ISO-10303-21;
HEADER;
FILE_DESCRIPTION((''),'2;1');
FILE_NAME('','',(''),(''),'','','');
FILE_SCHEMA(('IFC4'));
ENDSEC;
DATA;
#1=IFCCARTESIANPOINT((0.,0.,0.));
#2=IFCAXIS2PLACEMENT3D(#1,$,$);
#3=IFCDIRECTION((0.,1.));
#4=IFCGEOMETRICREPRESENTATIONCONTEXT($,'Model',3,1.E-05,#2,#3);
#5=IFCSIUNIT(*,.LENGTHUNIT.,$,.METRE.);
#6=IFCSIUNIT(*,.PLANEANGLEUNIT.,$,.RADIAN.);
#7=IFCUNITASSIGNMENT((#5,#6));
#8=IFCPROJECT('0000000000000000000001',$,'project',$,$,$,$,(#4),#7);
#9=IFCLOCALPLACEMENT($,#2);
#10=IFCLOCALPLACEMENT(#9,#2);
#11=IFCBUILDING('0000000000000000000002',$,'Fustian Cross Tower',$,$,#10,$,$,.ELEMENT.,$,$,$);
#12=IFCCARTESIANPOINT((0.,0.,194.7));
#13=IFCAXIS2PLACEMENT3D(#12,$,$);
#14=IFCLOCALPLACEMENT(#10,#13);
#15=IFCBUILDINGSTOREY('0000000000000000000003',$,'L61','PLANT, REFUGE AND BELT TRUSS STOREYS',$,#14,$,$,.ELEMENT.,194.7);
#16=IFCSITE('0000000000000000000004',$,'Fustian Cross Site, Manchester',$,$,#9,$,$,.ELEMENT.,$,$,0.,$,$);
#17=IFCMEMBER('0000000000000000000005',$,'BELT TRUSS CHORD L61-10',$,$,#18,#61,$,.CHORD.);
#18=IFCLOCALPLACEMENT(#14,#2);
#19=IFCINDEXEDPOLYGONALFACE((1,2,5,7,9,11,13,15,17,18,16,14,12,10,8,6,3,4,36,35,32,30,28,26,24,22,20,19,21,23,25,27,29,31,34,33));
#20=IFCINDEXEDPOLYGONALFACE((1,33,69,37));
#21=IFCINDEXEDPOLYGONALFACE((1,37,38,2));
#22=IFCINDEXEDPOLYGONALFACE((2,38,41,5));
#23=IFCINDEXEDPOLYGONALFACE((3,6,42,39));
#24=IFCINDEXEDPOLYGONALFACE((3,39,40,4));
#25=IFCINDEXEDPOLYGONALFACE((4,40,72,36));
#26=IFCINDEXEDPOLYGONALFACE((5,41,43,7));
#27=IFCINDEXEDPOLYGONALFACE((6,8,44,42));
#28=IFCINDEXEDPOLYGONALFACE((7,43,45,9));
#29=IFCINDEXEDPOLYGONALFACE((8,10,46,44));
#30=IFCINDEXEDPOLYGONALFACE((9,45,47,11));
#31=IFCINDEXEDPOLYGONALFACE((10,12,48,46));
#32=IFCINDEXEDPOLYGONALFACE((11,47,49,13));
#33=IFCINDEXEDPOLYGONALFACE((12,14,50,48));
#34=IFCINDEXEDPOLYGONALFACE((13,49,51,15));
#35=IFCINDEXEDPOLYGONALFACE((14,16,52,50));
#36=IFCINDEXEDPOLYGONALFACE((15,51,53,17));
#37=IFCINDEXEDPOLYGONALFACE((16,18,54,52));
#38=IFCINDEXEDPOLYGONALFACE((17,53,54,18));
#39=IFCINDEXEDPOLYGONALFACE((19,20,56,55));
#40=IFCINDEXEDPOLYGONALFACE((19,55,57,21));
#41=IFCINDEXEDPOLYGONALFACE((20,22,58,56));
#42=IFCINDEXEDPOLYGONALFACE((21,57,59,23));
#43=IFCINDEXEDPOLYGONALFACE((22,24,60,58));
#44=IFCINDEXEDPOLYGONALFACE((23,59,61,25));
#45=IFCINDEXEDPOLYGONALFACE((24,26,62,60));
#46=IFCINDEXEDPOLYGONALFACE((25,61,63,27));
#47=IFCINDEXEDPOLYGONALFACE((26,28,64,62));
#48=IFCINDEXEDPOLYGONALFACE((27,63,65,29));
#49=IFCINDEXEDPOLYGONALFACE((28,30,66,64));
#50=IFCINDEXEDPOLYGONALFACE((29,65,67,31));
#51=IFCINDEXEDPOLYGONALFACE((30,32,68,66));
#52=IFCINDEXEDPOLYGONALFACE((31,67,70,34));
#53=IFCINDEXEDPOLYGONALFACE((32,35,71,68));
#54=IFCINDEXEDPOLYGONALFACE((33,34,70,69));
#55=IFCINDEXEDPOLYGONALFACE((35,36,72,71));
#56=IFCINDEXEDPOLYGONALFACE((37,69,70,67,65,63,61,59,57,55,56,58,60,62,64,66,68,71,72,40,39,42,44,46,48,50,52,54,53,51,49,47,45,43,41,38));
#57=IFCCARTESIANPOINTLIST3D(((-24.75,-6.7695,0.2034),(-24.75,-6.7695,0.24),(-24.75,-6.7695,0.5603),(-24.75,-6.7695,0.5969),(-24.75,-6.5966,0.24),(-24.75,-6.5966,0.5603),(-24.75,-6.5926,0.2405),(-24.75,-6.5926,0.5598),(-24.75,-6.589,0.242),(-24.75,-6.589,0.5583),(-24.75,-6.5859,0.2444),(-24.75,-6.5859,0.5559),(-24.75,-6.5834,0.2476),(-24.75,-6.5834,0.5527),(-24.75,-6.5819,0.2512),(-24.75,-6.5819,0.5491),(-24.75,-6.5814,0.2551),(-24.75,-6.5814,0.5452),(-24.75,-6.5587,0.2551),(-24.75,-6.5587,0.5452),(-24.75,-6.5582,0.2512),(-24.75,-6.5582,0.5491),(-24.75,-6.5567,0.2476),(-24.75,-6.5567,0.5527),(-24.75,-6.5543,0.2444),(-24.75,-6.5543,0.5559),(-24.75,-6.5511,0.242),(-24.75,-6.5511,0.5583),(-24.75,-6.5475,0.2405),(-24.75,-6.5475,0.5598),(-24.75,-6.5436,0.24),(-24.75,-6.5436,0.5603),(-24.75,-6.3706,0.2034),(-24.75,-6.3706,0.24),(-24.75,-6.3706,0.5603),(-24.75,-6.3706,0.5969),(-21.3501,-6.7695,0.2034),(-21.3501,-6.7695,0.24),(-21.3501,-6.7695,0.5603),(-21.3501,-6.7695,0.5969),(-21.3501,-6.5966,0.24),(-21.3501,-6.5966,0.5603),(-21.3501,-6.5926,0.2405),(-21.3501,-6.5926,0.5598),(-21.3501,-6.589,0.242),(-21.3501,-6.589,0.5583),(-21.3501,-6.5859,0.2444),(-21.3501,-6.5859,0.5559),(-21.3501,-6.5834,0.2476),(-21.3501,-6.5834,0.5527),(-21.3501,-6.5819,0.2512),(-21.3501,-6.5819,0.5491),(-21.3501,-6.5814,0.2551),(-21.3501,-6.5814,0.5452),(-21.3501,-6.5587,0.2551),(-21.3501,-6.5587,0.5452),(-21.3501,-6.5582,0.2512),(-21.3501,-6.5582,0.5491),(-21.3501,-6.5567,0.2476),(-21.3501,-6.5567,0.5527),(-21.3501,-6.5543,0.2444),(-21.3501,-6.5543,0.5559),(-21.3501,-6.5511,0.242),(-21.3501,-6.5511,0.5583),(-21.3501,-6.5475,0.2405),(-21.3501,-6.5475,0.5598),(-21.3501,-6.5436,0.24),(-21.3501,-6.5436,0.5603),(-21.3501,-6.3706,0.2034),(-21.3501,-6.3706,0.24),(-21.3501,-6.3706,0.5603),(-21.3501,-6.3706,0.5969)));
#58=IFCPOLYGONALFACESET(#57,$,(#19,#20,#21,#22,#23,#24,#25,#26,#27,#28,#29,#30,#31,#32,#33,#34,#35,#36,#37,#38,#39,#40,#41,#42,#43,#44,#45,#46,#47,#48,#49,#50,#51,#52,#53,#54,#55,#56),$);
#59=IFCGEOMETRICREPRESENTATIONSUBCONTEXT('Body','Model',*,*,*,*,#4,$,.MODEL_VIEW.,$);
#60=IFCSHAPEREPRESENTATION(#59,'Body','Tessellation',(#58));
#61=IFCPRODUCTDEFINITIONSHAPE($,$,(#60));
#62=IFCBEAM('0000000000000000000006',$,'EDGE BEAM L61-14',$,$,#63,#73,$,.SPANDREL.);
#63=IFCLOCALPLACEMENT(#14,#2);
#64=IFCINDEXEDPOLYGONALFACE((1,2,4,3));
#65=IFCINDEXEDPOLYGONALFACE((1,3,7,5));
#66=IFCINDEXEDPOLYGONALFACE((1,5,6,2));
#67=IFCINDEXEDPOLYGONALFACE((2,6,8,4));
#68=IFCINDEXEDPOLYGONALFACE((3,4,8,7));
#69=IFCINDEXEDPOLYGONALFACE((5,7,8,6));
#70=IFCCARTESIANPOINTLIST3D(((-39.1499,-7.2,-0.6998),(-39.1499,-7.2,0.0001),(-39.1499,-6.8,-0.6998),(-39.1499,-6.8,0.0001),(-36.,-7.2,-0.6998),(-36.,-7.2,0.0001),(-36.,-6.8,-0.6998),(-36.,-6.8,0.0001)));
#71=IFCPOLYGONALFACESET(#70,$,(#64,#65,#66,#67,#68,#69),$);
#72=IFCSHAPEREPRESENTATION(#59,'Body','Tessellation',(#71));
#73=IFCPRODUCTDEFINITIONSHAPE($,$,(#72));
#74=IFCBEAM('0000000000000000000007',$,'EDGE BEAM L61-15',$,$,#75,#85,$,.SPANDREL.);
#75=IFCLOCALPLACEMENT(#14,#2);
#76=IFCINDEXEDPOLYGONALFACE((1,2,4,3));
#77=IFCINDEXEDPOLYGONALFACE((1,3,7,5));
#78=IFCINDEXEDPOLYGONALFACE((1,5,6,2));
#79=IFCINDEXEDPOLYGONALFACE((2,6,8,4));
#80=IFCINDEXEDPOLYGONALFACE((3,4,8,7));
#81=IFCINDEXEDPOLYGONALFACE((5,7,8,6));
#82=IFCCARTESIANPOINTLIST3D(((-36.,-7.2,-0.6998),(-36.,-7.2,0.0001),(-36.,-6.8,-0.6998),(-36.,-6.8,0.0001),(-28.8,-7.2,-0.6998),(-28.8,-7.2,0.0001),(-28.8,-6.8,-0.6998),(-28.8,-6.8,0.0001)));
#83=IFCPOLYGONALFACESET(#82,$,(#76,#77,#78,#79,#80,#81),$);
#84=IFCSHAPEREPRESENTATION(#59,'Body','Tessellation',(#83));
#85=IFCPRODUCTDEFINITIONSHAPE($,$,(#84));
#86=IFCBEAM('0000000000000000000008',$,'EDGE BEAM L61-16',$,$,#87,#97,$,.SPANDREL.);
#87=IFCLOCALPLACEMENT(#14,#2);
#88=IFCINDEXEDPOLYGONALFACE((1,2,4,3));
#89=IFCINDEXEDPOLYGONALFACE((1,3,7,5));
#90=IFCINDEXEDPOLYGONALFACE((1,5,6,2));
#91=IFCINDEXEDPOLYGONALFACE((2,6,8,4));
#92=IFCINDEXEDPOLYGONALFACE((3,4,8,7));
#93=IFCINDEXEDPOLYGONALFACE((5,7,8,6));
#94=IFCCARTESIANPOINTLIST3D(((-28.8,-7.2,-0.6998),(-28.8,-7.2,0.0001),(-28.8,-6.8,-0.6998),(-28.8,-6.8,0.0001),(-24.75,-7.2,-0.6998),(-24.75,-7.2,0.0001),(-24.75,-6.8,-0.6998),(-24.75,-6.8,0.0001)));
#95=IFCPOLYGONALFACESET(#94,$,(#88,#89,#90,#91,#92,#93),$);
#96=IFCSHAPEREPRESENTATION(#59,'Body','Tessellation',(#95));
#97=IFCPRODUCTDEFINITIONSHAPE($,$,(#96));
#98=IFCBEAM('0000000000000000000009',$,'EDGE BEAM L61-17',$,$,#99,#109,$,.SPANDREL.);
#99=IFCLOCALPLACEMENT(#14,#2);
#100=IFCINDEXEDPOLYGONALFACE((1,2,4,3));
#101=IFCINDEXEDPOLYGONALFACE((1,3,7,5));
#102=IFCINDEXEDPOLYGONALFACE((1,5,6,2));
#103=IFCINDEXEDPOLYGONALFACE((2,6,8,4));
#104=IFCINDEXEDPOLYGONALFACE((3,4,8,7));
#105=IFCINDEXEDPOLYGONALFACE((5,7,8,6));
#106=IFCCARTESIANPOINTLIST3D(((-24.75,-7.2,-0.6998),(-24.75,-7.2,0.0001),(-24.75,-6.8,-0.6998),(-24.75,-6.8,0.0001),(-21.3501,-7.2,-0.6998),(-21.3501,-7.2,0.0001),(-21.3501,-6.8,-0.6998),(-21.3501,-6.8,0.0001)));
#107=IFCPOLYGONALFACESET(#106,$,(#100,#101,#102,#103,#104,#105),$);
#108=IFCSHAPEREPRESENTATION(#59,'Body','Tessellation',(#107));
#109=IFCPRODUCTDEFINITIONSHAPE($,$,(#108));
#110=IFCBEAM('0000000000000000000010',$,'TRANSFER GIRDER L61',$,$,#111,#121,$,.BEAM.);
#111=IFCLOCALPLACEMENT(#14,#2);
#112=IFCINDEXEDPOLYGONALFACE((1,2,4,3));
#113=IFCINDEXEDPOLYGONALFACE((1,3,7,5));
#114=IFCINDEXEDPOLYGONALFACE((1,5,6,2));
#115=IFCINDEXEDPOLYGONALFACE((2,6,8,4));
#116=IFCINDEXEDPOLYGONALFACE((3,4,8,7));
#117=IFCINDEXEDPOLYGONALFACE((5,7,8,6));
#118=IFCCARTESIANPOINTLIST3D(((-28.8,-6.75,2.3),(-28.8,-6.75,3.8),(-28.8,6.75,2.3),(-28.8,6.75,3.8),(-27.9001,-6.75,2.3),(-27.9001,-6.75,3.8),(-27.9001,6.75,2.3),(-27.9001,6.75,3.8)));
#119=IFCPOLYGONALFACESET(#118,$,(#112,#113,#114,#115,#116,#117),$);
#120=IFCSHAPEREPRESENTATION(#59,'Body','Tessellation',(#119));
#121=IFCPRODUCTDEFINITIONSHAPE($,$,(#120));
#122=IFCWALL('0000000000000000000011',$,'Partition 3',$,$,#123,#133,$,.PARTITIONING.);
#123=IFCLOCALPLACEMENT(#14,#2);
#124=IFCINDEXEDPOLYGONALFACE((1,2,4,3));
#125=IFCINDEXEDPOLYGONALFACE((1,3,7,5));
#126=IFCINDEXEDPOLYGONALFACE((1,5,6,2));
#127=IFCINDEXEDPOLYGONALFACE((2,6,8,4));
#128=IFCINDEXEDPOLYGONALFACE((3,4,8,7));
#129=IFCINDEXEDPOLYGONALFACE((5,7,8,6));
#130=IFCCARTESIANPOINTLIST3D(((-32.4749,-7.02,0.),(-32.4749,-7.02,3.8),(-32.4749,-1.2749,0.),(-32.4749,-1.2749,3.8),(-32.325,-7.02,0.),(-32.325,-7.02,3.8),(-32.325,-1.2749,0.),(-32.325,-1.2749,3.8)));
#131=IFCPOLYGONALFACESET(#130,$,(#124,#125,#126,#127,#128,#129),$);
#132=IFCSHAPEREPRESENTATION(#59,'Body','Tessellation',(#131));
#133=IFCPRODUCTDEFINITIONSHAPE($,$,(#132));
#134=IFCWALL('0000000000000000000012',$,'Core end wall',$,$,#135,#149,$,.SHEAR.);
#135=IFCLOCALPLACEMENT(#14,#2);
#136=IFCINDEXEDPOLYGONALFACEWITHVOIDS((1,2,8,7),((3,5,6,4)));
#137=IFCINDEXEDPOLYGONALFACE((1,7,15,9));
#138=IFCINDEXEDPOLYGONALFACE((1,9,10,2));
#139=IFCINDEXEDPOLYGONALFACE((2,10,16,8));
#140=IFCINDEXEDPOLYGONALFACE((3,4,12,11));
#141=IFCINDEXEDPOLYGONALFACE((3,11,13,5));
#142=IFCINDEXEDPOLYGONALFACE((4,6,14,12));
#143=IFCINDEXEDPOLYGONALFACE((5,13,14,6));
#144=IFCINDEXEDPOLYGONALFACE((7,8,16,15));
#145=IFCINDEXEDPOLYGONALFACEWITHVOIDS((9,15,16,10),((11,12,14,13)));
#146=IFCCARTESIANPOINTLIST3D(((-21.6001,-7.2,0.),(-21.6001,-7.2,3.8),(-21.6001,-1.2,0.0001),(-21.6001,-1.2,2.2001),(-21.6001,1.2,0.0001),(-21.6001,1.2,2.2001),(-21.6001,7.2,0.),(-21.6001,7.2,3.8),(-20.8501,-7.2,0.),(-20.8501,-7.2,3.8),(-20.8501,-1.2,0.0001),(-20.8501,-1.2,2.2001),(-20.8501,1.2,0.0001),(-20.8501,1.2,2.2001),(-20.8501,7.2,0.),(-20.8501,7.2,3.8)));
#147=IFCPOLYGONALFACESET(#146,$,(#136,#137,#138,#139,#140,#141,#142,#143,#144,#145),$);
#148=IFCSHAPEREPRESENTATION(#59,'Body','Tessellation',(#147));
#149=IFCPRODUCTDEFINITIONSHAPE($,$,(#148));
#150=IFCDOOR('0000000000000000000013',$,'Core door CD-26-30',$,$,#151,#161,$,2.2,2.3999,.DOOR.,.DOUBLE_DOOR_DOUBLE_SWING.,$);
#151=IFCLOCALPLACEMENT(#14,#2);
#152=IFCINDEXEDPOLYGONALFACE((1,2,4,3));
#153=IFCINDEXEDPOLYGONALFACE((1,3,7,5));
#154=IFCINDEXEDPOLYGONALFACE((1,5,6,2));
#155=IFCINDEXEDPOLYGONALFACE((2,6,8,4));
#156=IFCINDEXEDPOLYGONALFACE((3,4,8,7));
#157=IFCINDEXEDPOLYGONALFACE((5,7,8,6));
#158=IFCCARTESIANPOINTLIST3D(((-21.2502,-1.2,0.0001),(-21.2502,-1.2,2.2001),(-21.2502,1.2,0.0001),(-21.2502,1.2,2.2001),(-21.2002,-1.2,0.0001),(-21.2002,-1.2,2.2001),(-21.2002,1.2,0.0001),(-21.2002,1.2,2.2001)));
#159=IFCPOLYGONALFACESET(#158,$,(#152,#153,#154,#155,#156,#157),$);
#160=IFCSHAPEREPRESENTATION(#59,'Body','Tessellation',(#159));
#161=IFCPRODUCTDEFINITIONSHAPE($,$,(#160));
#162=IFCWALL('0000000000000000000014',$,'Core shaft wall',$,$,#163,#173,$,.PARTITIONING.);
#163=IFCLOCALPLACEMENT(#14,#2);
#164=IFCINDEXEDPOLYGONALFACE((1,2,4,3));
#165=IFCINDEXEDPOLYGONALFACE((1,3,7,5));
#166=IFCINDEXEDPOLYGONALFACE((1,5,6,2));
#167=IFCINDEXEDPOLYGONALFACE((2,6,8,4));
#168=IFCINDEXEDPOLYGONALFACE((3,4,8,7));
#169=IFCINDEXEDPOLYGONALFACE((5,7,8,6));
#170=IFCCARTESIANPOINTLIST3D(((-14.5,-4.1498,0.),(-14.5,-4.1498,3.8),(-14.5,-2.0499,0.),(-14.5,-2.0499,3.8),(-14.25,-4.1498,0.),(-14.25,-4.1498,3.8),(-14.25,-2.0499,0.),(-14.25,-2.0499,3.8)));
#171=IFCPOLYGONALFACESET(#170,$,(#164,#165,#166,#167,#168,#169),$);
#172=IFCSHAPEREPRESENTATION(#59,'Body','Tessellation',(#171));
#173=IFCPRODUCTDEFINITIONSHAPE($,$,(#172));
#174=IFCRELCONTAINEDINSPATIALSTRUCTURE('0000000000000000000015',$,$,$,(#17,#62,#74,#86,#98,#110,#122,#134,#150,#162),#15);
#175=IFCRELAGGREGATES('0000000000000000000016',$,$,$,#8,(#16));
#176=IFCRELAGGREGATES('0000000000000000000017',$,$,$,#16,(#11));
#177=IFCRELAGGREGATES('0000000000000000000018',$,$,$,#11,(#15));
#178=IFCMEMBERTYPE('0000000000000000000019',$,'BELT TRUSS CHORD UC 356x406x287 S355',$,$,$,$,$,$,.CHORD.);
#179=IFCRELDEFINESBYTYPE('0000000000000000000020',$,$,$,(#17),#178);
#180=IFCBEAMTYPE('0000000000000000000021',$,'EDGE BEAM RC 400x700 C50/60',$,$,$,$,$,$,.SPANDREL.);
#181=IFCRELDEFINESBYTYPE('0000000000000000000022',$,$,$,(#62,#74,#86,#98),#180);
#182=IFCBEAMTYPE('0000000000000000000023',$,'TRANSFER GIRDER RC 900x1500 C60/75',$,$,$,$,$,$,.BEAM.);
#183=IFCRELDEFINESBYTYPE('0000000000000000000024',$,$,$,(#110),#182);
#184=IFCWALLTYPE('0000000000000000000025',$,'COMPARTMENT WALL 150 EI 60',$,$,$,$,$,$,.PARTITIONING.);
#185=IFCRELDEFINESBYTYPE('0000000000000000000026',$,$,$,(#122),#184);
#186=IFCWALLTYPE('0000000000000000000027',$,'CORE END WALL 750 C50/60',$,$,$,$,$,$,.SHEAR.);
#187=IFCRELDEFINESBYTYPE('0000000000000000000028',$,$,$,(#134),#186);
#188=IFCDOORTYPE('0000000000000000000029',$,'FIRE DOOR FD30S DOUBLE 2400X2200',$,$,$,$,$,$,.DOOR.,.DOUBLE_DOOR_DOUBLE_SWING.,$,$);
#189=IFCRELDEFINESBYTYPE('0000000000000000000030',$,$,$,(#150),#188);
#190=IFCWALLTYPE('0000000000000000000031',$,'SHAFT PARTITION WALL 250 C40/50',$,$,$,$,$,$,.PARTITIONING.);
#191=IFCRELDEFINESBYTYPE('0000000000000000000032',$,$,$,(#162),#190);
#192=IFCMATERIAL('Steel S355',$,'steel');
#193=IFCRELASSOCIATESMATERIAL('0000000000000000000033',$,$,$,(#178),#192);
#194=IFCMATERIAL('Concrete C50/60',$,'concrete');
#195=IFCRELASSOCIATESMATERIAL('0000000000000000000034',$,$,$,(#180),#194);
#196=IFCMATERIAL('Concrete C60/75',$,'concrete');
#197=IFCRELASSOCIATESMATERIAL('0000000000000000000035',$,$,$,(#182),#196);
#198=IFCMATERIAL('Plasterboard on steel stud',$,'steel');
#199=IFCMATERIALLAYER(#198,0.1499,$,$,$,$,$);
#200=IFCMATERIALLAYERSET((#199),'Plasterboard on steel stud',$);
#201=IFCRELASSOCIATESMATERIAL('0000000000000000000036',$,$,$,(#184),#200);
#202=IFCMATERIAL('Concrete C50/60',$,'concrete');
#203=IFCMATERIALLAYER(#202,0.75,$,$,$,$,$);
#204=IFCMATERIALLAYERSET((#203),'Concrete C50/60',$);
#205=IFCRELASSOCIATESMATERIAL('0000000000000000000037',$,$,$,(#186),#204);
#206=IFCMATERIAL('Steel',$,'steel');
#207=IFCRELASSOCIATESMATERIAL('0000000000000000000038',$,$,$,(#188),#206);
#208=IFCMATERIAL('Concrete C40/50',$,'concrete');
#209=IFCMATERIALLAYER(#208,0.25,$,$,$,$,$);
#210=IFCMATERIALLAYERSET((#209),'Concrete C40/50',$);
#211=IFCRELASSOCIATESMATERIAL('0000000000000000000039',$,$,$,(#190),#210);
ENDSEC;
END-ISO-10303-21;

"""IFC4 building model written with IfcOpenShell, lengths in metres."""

from ifc_helpers import new_model, si_unit, direction, frame, frame_2d, origin, origin_2d, place, context, subcontext, project, spatial, rectangle, i_section, extrude, material, layer, layer_set, material_profile, profile_set, type_object, element, fill, save


model = new_model("IFC4")

# Units and contexts
model_context = context("Model", 3, precision=1e-05, world=origin(), true_north=direction((0.0, 1.0)))
body_context = subcontext(model_context, "Body", "Model", "MODEL_VIEW")
ifc_project = project(units=[si_unit("LENGTHUNIT", "METRE"), si_unit("PLANEANGLEUNIT", "RADIAN")], contexts=[model_context])

# Site, building, storey
site_placement = place(None, origin())
site = spatial("IfcSite", under=ifc_project, at=site_placement, Name="Fustian Cross Site, Manchester", CompositionType="ELEMENT", RefElevation=0.0)
building_placement = place(site_placement, origin())
building = spatial("IfcBuilding", under=site, at=building_placement, Name="Fustian Cross Tower", CompositionType="ELEMENT")
storey_placement = place(building_placement, frame((0.0, 0.0, 194.7)))
storey = spatial("IfcBuildingStorey", under=building, at=storey_placement, Name="L61", Description="PLANT, REFUGE AND BELT TRUSS STOREYS", CompositionType="ELEMENT", Elevation=194.7)

# Member
ifc_material_1 = material(Name="Steel S355", Category="steel")
ifc_material_profile_1 = material_profile(ifc_material_1, i_section(OverallWidth=0.3989, OverallDepth=0.3936, WebThickness=0.0227, FlangeThickness=0.0366, FilletRadius=0.0151, at=origin_2d()), Name="UC 356x406x287")
ifc_profile_set_1 = profile_set([ifc_material_profile_1], Name="Steel S355")
member_type_1 = type_object("IfcMemberType", Name="BELT TRUSS CHORD UC 356x406x287 S355", PredefinedType="CHORD", material=ifc_profile_set_1)
for number, where, z_axis, x_axis, name in (
    (1, (-24.75, -6.5701, 0.4001), (1.0, 0.0, 0.0), (0.0, 1.0, 0.0), "BELT TRUSS CHORD L61-10"),
):
    element("IfcMember", number, at=place(storey_placement, frame(where, z_axis=z_axis, x_axis=x_axis)), inside=storey, type_object=member_type_1, Name=name, PredefinedType="CHORD", context=body_context, shape_type="SweptSolid", body=[
        extrude(i_section(OverallWidth=0.3989, OverallDepth=0.3936, WebThickness=0.0227, FlangeThickness=0.0366, FilletRadius=0.0151, at=origin_2d()), origin(), (0.0, 0.0, 1.0), 3.3999),
    ])

# Beams
ifc_material_2 = material(Name="Concrete C50/60", Category="concrete")
ifc_material_profile_2 = material_profile(ifc_material_2, rectangle(XDim=0.3999, YDim=0.7, at=origin_2d()), Name="RC 400x700")
ifc_profile_set_2 = profile_set([ifc_material_profile_2], Name="Concrete C50/60")
beam_type_1 = type_object("IfcBeamType", Name="EDGE BEAM RC 400x700 C50/60", PredefinedType="SPANDREL", material=ifc_profile_set_2)
beam_1_placement = place(storey_placement, frame((-39.1499, -7.0, -0.3499), z_axis=(1.0, 0.0, 0.0), x_axis=(0.0, 1.0, 0.0)))
element("IfcBeam", 2, at=beam_1_placement, inside=storey, type_object=beam_type_1, Name="EDGE BEAM L61-14", PredefinedType="SPANDREL", context=body_context, shape_type="SweptSolid", body=[
    extrude(rectangle(XDim=0.3999, YDim=0.7, at=origin_2d()), origin(), (0.0, 0.0, 1.0), 3.1499),
])
beam_2_placement = place(storey_placement, frame((-36.0, -7.0, -0.3499), z_axis=(1.0, 0.0, 0.0), x_axis=(0.0, 1.0, 0.0)))
element("IfcBeam", 3, at=beam_2_placement, inside=storey, type_object=beam_type_1, Name="EDGE BEAM L61-15", PredefinedType="SPANDREL", context=body_context, shape_type="SweptSolid", body=[
    extrude(rectangle(XDim=0.3999, YDim=0.7, at=origin_2d()), origin(), (0.0, 0.0, 1.0), 7.2),
])
beam_3_placement = place(storey_placement, frame((-28.8, -7.0, -0.3499), z_axis=(1.0, 0.0, 0.0), x_axis=(0.0, 1.0, 0.0)))
element("IfcBeam", 4, at=beam_3_placement, inside=storey, type_object=beam_type_1, Name="EDGE BEAM L61-16", PredefinedType="SPANDREL", context=body_context, shape_type="SweptSolid", body=[
    extrude(rectangle(XDim=0.3999, YDim=0.7, at=origin_2d()), origin(), (0.0, 0.0, 1.0), 4.05),
])
beam_4_placement = place(storey_placement, frame((-24.75, -7.0, -0.3499), z_axis=(1.0, 0.0, 0.0), x_axis=(0.0, 1.0, 0.0)))
element("IfcBeam", 5, at=beam_4_placement, inside=storey, type_object=beam_type_1, Name="EDGE BEAM L61-17", PredefinedType="SPANDREL", context=body_context, shape_type="SweptSolid", body=[
    extrude(rectangle(XDim=0.3999, YDim=0.7, at=origin_2d()), origin(), (0.0, 0.0, 1.0), 3.3999),
])
ifc_material_3 = material(Name="Concrete C60/75", Category="concrete")
ifc_material_profile_3 = material_profile(ifc_material_3, rectangle(XDim=0.8999, YDim=1.5, at=origin_2d()), Name="RC 900x1500")
ifc_profile_set_3 = profile_set([ifc_material_profile_3], Name="Concrete C60/75")
beam_type_2 = type_object("IfcBeamType", Name="TRANSFER GIRDER RC 900x1500 C60/75", PredefinedType="BEAM", material=ifc_profile_set_3)
beam_5_placement = place(storey_placement, frame((-28.3501, -6.75, 3.05), z_axis=(0.0, 1.0, 0.0), x_axis=(-1.0, 0.0, 0.0)))
element("IfcBeam", 6, at=beam_5_placement, inside=storey, type_object=beam_type_2, Name="TRANSFER GIRDER L61", PredefinedType="BEAM", context=body_context, shape_type="SweptSolid", body=[
    extrude(rectangle(XDim=0.8999, YDim=1.5, at=origin_2d()), origin(), (0.0, 0.0, 1.0), 13.5),
])

# Wall
ifc_material_4 = material(Name="Plasterboard on steel stud", Category="steel")
ifc_layer_1 = layer(ifc_material_4, 0.1499)
ifc_layer_set_1 = layer_set([ifc_layer_1], Name="Plasterboard on steel stud")
wall_type_1 = type_object("IfcWallType", Name="COMPARTMENT WALL 150 EI 60", PredefinedType="PARTITIONING", material=ifc_layer_set_1)
wall_1_placement = place(storey_placement, frame((-32.3999, -7.02, 0.0), z_axis=(0.0, 0.0, 1.0), x_axis=(0.0, 1.0, 0.0)))
element("IfcWall", 7, at=wall_1_placement, inside=storey, type_object=wall_type_1, Name="Partition 3", PredefinedType="PARTITIONING", context=body_context, shape_type="SweptSolid", body=[
    extrude(rectangle(XDim=5.7451, YDim=0.1499, at=frame_2d((2.8726, 0.0))), origin(), (0.0, 0.0, 1.0), 3.8),
])

# Wall, opening, door
ifc_material_5 = material(Name="Concrete C50/60", Category="concrete")
ifc_layer_2 = layer(ifc_material_5, 0.75)
ifc_layer_set_2 = layer_set([ifc_layer_2], Name="Concrete C50/60")
wall_type_2 = type_object("IfcWallType", Name="CORE END WALL 750 C50/60", PredefinedType="SHEAR", material=ifc_layer_set_2)
wall_2_placement = place(storey_placement, frame((-21.2251, -7.2, 0.0), z_axis=(0.0, 0.0, 1.0), x_axis=(0.0, 1.0, 0.0)))
wall_2 = element("IfcWall", 8, at=wall_2_placement, inside=storey, type_object=wall_type_2, Name="Core end wall", PredefinedType="SHEAR", context=body_context, shape_type="SweptSolid", body=[
    extrude(rectangle(XDim=14.3999, YDim=0.75, at=frame_2d((7.2, 0.0))), origin(), (0.0, 0.0, 1.0), 3.8),
])
opening_1_placement = place(wall_2_placement, frame((6.0, 0.0, 0.0)))
opening_1 = element("IfcOpeningElement", 9, at=opening_1_placement, cuts=wall_2, PredefinedType="OPENING", context=body_context, shape_type="SweptSolid", body=[
    extrude(rectangle(XDim=2.3999, YDim=2.2, at=frame_2d((1.2, 1.1001))), frame((0.0, 0.385, 0.0), z_axis=(0.0, -1.0, 0.0), x_axis=(1.0, 0.0, 0.0)), (0.0, 0.0, 1.0), 0.77),
])
ifc_material_6 = material(Name="Steel", Category="steel")
door_type_1 = type_object("IfcDoorType", Name="FIRE DOOR FD30S DOUBLE 2400X2200", OperationType="DOUBLE_DOOR_DOUBLE_SWING", PredefinedType="DOOR", material=ifc_material_6)
door_1_placement = place(opening_1_placement, frame((2.3999, 0.0, 0.0), z_axis=(0.0, 0.0, 1.0), x_axis=(-1.0, 0.0, 0.0)))
door_1 = element("IfcDoor", 10, at=door_1_placement, inside=storey, type_object=door_type_1, Name="Core door CD-26-30", OperationType="DOUBLE_DOOR_DOUBLE_SWING", OverallHeight=2.2, OverallWidth=2.3999, PredefinedType="DOOR", context=body_context, shape_type="SweptSolid", body=[
    extrude(rectangle(XDim=2.3999, YDim=2.2, at=frame_2d((1.2, 1.1001))), frame((0.0, 0.0249, 0.0), z_axis=(0.0, -1.0, 0.0), x_axis=(1.0, 0.0, 0.0)), (0.0, 0.0, 1.0), 0.05),
])
fill(opening_1, door_1)

# Wall
ifc_material_7 = material(Name="Concrete C40/50", Category="concrete")
ifc_layer_3 = layer(ifc_material_7, 0.25)
ifc_layer_set_3 = layer_set([ifc_layer_3], Name="Concrete C40/50")
wall_type_3 = type_object("IfcWallType", Name="SHAFT PARTITION WALL 250 C40/50", PredefinedType="PARTITIONING", material=ifc_layer_set_3)
for number, where, z_axis, x_axis, name in (
    (11, (-14.375, -2.05, 0.0), (0.0, 0.0, 1.0), (0.0, -1.0, 0.0), "Core shaft wall"),
):
    element("IfcWall", number, at=place(storey_placement, frame(where, z_axis=z_axis, x_axis=x_axis)), inside=storey, type_object=wall_type_3, Name=name, PredefinedType="PARTITIONING", context=body_context, shape_type="SweptSolid", body=[
        extrude(rectangle(XDim=2.0999, YDim=0.25, at=frame_2d((1.0498, 0.0))), origin(), (0.0, 0.0, 1.0), 3.8),
    ])

save(model, "model.ifc")
